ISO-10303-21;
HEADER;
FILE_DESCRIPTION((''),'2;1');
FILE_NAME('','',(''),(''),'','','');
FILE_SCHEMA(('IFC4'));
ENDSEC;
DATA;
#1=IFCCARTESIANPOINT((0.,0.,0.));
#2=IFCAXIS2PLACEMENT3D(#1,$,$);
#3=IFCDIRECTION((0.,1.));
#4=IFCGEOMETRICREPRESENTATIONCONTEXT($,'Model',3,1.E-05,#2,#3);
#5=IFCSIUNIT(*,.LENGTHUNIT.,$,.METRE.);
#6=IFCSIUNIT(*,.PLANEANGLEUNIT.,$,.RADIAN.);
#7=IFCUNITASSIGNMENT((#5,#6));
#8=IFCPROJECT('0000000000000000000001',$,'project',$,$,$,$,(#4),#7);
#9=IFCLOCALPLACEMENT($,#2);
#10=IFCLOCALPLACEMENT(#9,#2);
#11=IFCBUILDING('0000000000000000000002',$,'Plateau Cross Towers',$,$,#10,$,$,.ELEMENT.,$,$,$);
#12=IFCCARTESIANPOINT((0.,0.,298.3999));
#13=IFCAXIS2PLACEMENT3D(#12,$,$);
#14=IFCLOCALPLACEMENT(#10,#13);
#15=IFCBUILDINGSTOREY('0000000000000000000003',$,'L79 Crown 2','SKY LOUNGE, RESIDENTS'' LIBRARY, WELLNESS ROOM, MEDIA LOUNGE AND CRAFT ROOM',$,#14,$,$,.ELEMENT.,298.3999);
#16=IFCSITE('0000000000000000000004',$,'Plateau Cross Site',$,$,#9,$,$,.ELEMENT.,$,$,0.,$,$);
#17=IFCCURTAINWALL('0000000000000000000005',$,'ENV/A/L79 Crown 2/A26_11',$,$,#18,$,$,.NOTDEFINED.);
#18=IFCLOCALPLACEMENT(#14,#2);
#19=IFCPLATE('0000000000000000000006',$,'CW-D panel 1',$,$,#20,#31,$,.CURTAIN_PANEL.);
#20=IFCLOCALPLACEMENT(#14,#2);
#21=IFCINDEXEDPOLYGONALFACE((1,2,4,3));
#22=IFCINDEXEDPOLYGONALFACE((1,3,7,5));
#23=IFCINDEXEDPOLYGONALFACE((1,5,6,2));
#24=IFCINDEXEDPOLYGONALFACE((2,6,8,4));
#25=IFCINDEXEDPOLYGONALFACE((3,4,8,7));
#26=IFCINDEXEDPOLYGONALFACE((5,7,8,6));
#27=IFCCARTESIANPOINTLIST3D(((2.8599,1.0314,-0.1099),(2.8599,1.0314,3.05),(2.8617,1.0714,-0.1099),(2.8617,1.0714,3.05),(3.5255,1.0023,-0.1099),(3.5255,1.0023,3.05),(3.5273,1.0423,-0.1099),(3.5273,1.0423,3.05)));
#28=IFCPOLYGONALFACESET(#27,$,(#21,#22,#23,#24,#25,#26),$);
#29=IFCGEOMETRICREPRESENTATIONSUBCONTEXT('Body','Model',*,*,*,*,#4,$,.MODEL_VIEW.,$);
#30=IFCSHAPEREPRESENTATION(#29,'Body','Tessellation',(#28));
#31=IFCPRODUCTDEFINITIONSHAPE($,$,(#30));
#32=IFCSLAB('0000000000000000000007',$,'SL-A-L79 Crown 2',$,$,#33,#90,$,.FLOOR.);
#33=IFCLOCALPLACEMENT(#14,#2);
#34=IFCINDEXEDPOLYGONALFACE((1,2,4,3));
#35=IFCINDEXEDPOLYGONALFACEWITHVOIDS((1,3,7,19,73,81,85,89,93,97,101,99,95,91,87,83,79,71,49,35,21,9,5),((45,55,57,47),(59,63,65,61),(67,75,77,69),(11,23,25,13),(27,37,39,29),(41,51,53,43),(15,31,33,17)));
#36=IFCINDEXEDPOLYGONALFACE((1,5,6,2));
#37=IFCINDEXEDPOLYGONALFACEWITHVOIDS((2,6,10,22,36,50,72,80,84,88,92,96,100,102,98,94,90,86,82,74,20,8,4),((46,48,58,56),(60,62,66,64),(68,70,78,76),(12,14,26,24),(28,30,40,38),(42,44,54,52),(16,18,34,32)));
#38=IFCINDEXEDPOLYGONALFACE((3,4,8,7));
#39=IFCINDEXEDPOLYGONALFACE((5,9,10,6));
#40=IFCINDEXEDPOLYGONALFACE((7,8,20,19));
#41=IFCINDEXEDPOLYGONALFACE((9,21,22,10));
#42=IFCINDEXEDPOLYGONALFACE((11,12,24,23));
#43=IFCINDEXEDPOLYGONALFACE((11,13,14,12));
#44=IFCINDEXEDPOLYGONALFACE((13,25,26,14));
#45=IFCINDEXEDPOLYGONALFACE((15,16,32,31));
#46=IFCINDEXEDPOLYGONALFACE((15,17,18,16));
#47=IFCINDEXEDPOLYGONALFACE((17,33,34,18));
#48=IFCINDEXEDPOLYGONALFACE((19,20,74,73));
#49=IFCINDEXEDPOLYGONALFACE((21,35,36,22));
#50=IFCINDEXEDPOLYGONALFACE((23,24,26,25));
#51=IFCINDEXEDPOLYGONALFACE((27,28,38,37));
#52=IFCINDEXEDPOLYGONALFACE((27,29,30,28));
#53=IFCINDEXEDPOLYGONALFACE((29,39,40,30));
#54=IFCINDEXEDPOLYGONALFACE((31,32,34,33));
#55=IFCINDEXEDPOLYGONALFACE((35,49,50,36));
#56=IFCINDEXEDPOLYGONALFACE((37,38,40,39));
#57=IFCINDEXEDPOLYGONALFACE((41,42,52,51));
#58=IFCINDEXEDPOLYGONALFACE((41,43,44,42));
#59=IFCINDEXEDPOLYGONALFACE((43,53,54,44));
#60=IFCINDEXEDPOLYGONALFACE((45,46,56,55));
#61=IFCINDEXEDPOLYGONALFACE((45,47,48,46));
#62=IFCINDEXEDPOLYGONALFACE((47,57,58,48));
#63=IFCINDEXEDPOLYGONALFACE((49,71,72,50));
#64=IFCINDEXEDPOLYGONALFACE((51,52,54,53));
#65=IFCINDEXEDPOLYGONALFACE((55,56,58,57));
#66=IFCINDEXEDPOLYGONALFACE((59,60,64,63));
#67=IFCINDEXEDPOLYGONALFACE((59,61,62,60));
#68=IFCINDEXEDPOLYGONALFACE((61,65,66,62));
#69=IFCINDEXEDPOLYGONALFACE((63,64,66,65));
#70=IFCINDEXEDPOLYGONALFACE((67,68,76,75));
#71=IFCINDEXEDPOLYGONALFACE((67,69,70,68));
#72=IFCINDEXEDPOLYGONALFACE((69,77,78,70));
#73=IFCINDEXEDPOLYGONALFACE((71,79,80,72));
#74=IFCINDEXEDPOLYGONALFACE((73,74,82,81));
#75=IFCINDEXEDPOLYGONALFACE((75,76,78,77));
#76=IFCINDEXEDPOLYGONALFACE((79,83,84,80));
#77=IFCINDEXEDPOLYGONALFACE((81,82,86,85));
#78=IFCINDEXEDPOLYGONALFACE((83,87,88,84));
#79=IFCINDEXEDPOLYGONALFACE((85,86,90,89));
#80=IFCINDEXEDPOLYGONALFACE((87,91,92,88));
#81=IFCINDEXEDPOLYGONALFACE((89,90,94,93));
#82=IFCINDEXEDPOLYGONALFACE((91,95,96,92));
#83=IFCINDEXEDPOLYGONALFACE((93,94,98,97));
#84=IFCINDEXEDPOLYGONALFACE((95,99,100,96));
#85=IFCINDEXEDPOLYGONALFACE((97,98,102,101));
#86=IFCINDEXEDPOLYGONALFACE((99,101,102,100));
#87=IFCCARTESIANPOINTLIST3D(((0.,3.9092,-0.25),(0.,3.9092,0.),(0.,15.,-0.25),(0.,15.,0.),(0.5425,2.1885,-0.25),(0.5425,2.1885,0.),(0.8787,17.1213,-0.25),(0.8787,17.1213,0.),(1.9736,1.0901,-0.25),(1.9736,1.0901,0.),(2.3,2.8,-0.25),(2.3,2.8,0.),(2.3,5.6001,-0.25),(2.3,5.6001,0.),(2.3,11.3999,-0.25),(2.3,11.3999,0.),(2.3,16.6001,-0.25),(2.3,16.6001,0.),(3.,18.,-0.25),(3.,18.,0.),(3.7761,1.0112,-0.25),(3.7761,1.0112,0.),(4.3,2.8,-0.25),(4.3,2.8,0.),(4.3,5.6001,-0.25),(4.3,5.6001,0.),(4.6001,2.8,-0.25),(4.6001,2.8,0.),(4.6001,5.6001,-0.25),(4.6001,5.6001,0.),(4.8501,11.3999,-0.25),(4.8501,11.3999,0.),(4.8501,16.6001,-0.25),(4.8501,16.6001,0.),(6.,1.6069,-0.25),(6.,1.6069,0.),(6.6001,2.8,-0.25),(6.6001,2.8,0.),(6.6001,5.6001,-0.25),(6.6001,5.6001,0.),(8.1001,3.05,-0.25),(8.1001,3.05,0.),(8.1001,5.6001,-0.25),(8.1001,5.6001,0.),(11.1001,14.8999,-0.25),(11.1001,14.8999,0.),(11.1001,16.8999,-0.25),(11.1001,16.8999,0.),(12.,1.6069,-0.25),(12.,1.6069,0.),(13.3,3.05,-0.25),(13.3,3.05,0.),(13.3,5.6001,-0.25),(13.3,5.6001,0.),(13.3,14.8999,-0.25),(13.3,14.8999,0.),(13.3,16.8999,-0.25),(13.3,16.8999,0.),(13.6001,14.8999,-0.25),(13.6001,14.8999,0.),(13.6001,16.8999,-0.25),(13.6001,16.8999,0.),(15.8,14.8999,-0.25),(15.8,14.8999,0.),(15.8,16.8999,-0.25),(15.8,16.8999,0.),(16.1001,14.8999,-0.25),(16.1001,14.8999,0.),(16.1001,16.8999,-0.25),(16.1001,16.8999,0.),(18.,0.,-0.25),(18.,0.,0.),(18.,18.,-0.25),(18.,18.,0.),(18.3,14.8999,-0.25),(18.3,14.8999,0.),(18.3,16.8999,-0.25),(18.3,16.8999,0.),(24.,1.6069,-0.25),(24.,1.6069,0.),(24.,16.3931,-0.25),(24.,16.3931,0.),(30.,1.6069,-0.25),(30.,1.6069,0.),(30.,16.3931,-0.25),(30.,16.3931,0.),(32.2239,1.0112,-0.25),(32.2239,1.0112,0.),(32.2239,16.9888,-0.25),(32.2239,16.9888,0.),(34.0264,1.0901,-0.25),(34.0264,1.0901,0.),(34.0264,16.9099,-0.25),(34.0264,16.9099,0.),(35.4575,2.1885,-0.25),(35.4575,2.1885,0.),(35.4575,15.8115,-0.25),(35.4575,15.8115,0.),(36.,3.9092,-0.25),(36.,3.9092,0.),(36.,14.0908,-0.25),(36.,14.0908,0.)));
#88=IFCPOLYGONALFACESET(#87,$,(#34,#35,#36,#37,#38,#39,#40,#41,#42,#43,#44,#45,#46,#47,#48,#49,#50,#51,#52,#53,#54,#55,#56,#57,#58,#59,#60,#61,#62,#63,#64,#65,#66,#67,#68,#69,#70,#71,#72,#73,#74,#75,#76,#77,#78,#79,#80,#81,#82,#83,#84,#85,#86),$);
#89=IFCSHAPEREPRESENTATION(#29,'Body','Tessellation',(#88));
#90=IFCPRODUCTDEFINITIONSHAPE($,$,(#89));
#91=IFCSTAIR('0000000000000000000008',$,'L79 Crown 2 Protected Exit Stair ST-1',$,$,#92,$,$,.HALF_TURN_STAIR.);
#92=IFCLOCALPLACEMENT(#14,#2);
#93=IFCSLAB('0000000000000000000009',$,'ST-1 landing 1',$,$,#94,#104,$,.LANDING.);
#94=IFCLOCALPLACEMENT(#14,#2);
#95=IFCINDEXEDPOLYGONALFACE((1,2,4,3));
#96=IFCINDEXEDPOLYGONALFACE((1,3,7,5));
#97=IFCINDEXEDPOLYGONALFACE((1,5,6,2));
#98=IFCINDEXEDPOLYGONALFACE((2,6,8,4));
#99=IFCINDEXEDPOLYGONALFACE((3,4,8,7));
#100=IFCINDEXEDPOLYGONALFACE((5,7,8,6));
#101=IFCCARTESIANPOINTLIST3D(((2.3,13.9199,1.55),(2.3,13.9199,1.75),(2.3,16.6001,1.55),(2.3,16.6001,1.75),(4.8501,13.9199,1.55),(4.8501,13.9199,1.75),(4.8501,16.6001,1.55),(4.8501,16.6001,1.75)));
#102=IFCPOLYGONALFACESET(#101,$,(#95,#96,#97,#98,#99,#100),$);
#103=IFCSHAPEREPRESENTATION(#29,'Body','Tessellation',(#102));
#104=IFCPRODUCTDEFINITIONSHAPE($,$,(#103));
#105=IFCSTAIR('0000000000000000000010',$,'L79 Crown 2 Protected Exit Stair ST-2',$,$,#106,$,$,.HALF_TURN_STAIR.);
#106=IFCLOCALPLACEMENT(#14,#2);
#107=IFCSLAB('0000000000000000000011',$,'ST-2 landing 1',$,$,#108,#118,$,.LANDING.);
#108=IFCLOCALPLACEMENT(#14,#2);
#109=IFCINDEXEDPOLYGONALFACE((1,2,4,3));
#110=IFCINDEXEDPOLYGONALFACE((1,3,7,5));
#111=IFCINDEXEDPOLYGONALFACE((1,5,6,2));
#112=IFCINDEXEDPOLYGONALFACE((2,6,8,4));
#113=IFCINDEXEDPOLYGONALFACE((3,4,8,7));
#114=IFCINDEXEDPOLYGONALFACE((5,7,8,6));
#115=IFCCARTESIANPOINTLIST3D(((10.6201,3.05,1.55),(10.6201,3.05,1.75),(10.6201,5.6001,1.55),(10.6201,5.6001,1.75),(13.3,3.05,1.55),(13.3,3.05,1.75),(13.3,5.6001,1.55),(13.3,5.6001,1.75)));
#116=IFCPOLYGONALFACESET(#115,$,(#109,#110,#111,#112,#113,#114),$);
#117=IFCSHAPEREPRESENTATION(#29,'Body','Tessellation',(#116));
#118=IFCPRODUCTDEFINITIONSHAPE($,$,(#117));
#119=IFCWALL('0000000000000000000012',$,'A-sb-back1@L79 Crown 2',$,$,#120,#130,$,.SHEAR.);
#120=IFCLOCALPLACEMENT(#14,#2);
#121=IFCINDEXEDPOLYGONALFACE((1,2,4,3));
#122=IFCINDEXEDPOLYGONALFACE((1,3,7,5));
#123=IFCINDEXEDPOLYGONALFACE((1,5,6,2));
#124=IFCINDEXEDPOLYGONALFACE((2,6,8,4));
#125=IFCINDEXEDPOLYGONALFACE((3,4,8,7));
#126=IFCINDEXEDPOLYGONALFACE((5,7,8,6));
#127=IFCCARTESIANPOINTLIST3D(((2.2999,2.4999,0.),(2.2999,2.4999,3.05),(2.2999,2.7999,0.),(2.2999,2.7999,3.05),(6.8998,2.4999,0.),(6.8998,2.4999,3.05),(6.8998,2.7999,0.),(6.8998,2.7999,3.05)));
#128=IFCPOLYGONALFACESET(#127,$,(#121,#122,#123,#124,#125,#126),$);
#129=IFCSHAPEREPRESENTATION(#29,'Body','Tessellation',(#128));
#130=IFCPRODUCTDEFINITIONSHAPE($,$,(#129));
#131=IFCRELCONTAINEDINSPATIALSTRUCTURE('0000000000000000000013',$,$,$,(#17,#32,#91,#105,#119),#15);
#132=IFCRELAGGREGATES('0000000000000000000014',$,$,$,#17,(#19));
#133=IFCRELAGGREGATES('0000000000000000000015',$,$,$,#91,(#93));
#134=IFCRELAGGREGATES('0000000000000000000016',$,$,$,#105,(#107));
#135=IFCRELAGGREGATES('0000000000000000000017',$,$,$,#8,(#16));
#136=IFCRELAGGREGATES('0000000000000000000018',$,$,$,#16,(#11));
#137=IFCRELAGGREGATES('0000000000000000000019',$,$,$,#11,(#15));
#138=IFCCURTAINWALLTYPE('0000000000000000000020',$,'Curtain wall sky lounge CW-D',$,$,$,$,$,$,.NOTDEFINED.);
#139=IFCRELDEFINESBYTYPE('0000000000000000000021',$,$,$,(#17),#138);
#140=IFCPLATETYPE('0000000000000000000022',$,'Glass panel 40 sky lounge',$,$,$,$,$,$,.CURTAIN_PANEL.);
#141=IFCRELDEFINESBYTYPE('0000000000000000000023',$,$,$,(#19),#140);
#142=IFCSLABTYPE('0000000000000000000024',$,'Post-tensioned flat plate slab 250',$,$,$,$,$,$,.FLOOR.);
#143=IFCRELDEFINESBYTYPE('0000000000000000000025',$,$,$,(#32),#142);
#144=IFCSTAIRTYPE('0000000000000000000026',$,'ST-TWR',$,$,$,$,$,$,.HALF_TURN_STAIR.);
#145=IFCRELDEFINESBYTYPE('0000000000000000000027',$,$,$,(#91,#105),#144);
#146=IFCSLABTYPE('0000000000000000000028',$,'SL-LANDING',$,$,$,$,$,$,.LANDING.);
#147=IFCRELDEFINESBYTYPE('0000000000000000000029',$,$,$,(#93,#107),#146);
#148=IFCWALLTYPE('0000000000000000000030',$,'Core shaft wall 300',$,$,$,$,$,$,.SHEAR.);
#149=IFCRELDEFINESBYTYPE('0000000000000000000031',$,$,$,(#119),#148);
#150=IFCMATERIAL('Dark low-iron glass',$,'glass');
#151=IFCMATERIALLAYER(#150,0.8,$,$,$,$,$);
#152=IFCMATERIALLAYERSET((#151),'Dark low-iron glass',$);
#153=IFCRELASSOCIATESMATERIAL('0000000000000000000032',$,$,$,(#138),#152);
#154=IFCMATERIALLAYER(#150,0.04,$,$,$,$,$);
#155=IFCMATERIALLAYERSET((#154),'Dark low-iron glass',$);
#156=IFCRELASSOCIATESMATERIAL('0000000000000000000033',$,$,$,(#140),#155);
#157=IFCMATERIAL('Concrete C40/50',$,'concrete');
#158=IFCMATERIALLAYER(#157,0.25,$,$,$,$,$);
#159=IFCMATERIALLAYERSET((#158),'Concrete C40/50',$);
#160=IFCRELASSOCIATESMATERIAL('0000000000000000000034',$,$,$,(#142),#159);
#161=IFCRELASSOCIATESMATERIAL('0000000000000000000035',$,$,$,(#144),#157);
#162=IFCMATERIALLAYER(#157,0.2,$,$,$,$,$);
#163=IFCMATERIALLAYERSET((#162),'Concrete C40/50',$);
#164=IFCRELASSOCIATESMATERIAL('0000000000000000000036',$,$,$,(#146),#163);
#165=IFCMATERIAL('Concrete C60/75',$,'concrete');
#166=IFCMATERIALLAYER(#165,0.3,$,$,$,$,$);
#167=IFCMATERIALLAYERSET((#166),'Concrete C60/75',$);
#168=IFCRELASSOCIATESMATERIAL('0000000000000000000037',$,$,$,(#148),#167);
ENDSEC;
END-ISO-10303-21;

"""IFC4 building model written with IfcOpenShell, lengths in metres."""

from ifc_helpers import new_model, si_unit, direction, frame, frame_2d, origin, origin_2d, place, context, subcontext, project, spatial, polyline, rectangle, outline, extrude, material, layer, layer_set, type_object, element, aggregate, save


model = new_model("IFC4")

# Units and contexts
model_context = context("Model", 3, precision=1e-05, world=origin(), true_north=direction((0.0, 1.0)))
body_context = subcontext(model_context, "Body", "Model", "MODEL_VIEW")
ifc_project = project(units=[si_unit("LENGTHUNIT", "METRE"), si_unit("PLANEANGLEUNIT", "RADIAN")], contexts=[model_context])

# Site, building, storey
site_placement = place(None, origin())
site = spatial("IfcSite", under=ifc_project, at=site_placement, Name="Plateau Cross Site", CompositionType="ELEMENT", RefElevation=0.0)
building_placement = place(site_placement, origin())
building = spatial("IfcBuilding", under=site, at=building_placement, Name="Plateau Cross Towers", CompositionType="ELEMENT")
storey_placement = place(building_placement, frame((0.0, 0.0, 298.3999)))
storey = spatial("IfcBuildingStorey", under=building, at=storey_placement, Name="L79 Crown 2", Description="SKY LOUNGE, RESIDENTS' LIBRARY, WELLNESS ROOM, MEDIA LOUNGE AND CRAFT ROOM", CompositionType="ELEMENT", Elevation=298.3999)

# Shared definitions
ifc_material_1 = material(Name="Concrete C60/75", Category="concrete")

# Shared definitions
ifc_material_2 = material(Name="Dark low-iron glass", Category="glass")
ifc_layer_1 = layer(ifc_material_2, 0.8)
ifc_layer_set_1 = layer_set([ifc_layer_1], Name="Dark low-iron glass")
curtain_wall_type = type_object("IfcCurtainWallType", Name="Curtain wall sky lounge CW-D", PredefinedType="NOTDEFINED", material=ifc_layer_set_1)

# Curtain wall
curtain_wall_1_placement = place(storey_placement, origin())
curtain_wall_1 = element("IfcCurtainWall", 1, at=curtain_wall_1_placement, inside=storey, type_object=curtain_wall_type, Name="ENV/A/L79 Crown 2/A26_11", PredefinedType="NOTDEFINED")

# Plate
ifc_layer_2 = layer(ifc_material_2, 0.04)
ifc_layer_set_2 = layer_set([ifc_layer_2], Name="Dark low-iron glass")
plate_type = type_object("IfcPlateType", Name="Glass panel 40 sky lounge", PredefinedType="CURTAIN_PANEL", material=ifc_layer_set_2)
plate_1_placement = place(storey_placement, frame((3.1936, 1.0369, -0.1099), z_axis=(0.0, 0.0, 1.0), x_axis=(0.999044, -0.043723, 0.0)))
plate_1 = element("IfcPlate", 2, at=plate_1_placement, type_object=plate_type, Name="CW-D panel 1", PredefinedType="CURTAIN_PANEL", context=body_context, shape_type="SweptSolid", body=[
    extrude(rectangle(XDim=0.6663, YDim=0.04, at=origin_2d()), origin(), (0.0, 0.0, 1.0), 3.1599),
])
aggregate(curtain_wall_1, [plate_1])

# Slab
ifc_material_3 = material(Name="Concrete C40/50", Category="concrete")
ifc_layer_3 = layer(ifc_material_3, 0.25)
ifc_layer_set_3 = layer_set([ifc_layer_3], Name="Concrete C40/50")
slab_type_1 = type_object("IfcSlabType", Name="Post-tensioned flat plate slab 250", PredefinedType="FLOOR", material=ifc_layer_set_3)
slab_1_placement = place(storey_placement, frame((0.0, 0.0, -0.25)))
element("IfcSlab", 3, at=slab_1_placement, inside=storey, type_object=slab_type_1, Name="SL-A-L79 Crown 2", PredefinedType="FLOOR", context=body_context, shape_type="SweptSolid", body=[
    extrude(outline(polyline([(1.9736, 1.0901), (0.5425, 2.1885), (0.0, 3.9092), (0.0, 15.0), (0.8787, 17.1213), (3.0, 18.0), (18.0, 18.0), (24.0, 16.3931), (30.0, 16.3931), (32.2239, 16.9888), (34.0264, 16.9099), (35.4575, 15.8115), (36.0, 14.0908), (36.0, 3.9092), (35.4575, 2.1885), (34.0264, 1.0901), (32.2239, 1.0112), (30.0, 1.6069), (24.0, 1.6069), (18.0, 0.0), (12.0, 1.6069), (6.0, 1.6069), (3.7761, 1.0112), (1.9736, 1.0901)]), holes=[polyline([(2.3, 5.6001), (2.3, 2.8), (4.3, 2.8), (4.3, 5.6001), (2.3, 5.6001)]), polyline([(6.6001, 5.6001), (4.6001, 5.6001), (4.6001, 2.8), (6.6001, 2.8), (6.6001, 5.6001)]), polyline([(13.3, 5.6001), (8.1001, 5.6001), (8.1001, 3.05), (13.3, 3.05), (13.3, 5.6001)]), polyline([(2.3, 16.6001), (2.3, 11.3999), (4.8501, 11.3999), (4.8501, 16.6001), (2.3, 16.6001)]), polyline([(13.3, 16.8999), (11.1001, 16.8999), (11.1001, 14.8999), (13.3, 14.8999), (13.3, 16.8999)]), polyline([(15.8, 16.8999), (13.6001, 16.8999), (13.6001, 14.8999), (15.8, 14.8999), (15.8, 16.8999)]), polyline([(18.3, 16.8999), (16.1001, 16.8999), (16.1001, 14.8999), (18.3, 14.8999), (18.3, 16.8999)])]), origin(), (0.0, 0.0, 1.0), 0.25),
])

# Stairs, slabs
stair_type = type_object("IfcStairType", Name="ST-TWR", PredefinedType="HALF_TURN_STAIR", material=ifc_material_3)
stair_1_placement = place(storey_placement, origin())
stair_1 = element("IfcStair", 4, at=stair_1_placement, inside=storey, type_object=stair_type, Name="L79 Crown 2 Protected Exit Stair ST-1", PredefinedType="HALF_TURN_STAIR")
ifc_layer_4 = layer(ifc_material_3, 0.2)
ifc_layer_set_4 = layer_set([ifc_layer_4], Name="Concrete C40/50")
slab_type_2 = type_object("IfcSlabType", Name="SL-LANDING", PredefinedType="LANDING", material=ifc_layer_set_4)
slab_2_placement = place(storey_placement, frame((0.0, 0.0, 1.55)))
slab_2 = element("IfcSlab", 5, at=slab_2_placement, type_object=slab_type_2, Name="ST-1 landing 1", PredefinedType="LANDING", context=body_context, shape_type="SweptSolid", body=[
    extrude(outline(polyline([(4.8501, 13.9199), (4.8501, 16.6001), (2.3, 16.6001), (2.3, 13.9199), (4.8501, 13.9199)])), origin(), (0.0, 0.0, 1.0), 0.2),
])
aggregate(stair_1, [slab_2])
stair_2_placement = place(storey_placement, origin())
stair_2 = element("IfcStair", 6, at=stair_2_placement, inside=storey, type_object=stair_type, Name="L79 Crown 2 Protected Exit Stair ST-2", PredefinedType="HALF_TURN_STAIR")
slab_3_placement = place(storey_placement, frame((0.0, 0.0, 1.55)))
slab_3 = element("IfcSlab", 7, at=slab_3_placement, type_object=slab_type_2, Name="ST-2 landing 1", PredefinedType="LANDING", context=body_context, shape_type="SweptSolid", body=[
    extrude(outline(polyline([(10.6201, 3.05), (13.3, 3.05), (13.3, 5.6001), (10.6201, 5.6001), (10.6201, 3.05)])), origin(), (0.0, 0.0, 1.0), 0.2),
])
aggregate(stair_2, [slab_3])

# Wall
ifc_layer_5 = layer(ifc_material_1, 0.3)
ifc_layer_set_5 = layer_set([ifc_layer_5], Name="Concrete C60/75")
wall_type_1 = type_object("IfcWallType", Name="Core shaft wall 300", PredefinedType="SHEAR", material=ifc_layer_set_5)
wall_1_placement = place(storey_placement, frame((2.3, 2.6499, 0.0), z_axis=(0.0, 0.0, 1.0), x_axis=(1.0, 0.0, 0.0)))
element("IfcWall", 8, at=wall_1_placement, inside=storey, type_object=wall_type_1, Name="A-sb-back1@L79 Crown 2", PredefinedType="SHEAR", context=body_context, shape_type="SweptSolid", body=[
    extrude(rectangle(XDim=4.5999, YDim=0.3, at=frame_2d((2.2998, 0.0))), origin(), (0.0, 0.0, 1.0), 3.05),
])

save(model, "model.ifc")
